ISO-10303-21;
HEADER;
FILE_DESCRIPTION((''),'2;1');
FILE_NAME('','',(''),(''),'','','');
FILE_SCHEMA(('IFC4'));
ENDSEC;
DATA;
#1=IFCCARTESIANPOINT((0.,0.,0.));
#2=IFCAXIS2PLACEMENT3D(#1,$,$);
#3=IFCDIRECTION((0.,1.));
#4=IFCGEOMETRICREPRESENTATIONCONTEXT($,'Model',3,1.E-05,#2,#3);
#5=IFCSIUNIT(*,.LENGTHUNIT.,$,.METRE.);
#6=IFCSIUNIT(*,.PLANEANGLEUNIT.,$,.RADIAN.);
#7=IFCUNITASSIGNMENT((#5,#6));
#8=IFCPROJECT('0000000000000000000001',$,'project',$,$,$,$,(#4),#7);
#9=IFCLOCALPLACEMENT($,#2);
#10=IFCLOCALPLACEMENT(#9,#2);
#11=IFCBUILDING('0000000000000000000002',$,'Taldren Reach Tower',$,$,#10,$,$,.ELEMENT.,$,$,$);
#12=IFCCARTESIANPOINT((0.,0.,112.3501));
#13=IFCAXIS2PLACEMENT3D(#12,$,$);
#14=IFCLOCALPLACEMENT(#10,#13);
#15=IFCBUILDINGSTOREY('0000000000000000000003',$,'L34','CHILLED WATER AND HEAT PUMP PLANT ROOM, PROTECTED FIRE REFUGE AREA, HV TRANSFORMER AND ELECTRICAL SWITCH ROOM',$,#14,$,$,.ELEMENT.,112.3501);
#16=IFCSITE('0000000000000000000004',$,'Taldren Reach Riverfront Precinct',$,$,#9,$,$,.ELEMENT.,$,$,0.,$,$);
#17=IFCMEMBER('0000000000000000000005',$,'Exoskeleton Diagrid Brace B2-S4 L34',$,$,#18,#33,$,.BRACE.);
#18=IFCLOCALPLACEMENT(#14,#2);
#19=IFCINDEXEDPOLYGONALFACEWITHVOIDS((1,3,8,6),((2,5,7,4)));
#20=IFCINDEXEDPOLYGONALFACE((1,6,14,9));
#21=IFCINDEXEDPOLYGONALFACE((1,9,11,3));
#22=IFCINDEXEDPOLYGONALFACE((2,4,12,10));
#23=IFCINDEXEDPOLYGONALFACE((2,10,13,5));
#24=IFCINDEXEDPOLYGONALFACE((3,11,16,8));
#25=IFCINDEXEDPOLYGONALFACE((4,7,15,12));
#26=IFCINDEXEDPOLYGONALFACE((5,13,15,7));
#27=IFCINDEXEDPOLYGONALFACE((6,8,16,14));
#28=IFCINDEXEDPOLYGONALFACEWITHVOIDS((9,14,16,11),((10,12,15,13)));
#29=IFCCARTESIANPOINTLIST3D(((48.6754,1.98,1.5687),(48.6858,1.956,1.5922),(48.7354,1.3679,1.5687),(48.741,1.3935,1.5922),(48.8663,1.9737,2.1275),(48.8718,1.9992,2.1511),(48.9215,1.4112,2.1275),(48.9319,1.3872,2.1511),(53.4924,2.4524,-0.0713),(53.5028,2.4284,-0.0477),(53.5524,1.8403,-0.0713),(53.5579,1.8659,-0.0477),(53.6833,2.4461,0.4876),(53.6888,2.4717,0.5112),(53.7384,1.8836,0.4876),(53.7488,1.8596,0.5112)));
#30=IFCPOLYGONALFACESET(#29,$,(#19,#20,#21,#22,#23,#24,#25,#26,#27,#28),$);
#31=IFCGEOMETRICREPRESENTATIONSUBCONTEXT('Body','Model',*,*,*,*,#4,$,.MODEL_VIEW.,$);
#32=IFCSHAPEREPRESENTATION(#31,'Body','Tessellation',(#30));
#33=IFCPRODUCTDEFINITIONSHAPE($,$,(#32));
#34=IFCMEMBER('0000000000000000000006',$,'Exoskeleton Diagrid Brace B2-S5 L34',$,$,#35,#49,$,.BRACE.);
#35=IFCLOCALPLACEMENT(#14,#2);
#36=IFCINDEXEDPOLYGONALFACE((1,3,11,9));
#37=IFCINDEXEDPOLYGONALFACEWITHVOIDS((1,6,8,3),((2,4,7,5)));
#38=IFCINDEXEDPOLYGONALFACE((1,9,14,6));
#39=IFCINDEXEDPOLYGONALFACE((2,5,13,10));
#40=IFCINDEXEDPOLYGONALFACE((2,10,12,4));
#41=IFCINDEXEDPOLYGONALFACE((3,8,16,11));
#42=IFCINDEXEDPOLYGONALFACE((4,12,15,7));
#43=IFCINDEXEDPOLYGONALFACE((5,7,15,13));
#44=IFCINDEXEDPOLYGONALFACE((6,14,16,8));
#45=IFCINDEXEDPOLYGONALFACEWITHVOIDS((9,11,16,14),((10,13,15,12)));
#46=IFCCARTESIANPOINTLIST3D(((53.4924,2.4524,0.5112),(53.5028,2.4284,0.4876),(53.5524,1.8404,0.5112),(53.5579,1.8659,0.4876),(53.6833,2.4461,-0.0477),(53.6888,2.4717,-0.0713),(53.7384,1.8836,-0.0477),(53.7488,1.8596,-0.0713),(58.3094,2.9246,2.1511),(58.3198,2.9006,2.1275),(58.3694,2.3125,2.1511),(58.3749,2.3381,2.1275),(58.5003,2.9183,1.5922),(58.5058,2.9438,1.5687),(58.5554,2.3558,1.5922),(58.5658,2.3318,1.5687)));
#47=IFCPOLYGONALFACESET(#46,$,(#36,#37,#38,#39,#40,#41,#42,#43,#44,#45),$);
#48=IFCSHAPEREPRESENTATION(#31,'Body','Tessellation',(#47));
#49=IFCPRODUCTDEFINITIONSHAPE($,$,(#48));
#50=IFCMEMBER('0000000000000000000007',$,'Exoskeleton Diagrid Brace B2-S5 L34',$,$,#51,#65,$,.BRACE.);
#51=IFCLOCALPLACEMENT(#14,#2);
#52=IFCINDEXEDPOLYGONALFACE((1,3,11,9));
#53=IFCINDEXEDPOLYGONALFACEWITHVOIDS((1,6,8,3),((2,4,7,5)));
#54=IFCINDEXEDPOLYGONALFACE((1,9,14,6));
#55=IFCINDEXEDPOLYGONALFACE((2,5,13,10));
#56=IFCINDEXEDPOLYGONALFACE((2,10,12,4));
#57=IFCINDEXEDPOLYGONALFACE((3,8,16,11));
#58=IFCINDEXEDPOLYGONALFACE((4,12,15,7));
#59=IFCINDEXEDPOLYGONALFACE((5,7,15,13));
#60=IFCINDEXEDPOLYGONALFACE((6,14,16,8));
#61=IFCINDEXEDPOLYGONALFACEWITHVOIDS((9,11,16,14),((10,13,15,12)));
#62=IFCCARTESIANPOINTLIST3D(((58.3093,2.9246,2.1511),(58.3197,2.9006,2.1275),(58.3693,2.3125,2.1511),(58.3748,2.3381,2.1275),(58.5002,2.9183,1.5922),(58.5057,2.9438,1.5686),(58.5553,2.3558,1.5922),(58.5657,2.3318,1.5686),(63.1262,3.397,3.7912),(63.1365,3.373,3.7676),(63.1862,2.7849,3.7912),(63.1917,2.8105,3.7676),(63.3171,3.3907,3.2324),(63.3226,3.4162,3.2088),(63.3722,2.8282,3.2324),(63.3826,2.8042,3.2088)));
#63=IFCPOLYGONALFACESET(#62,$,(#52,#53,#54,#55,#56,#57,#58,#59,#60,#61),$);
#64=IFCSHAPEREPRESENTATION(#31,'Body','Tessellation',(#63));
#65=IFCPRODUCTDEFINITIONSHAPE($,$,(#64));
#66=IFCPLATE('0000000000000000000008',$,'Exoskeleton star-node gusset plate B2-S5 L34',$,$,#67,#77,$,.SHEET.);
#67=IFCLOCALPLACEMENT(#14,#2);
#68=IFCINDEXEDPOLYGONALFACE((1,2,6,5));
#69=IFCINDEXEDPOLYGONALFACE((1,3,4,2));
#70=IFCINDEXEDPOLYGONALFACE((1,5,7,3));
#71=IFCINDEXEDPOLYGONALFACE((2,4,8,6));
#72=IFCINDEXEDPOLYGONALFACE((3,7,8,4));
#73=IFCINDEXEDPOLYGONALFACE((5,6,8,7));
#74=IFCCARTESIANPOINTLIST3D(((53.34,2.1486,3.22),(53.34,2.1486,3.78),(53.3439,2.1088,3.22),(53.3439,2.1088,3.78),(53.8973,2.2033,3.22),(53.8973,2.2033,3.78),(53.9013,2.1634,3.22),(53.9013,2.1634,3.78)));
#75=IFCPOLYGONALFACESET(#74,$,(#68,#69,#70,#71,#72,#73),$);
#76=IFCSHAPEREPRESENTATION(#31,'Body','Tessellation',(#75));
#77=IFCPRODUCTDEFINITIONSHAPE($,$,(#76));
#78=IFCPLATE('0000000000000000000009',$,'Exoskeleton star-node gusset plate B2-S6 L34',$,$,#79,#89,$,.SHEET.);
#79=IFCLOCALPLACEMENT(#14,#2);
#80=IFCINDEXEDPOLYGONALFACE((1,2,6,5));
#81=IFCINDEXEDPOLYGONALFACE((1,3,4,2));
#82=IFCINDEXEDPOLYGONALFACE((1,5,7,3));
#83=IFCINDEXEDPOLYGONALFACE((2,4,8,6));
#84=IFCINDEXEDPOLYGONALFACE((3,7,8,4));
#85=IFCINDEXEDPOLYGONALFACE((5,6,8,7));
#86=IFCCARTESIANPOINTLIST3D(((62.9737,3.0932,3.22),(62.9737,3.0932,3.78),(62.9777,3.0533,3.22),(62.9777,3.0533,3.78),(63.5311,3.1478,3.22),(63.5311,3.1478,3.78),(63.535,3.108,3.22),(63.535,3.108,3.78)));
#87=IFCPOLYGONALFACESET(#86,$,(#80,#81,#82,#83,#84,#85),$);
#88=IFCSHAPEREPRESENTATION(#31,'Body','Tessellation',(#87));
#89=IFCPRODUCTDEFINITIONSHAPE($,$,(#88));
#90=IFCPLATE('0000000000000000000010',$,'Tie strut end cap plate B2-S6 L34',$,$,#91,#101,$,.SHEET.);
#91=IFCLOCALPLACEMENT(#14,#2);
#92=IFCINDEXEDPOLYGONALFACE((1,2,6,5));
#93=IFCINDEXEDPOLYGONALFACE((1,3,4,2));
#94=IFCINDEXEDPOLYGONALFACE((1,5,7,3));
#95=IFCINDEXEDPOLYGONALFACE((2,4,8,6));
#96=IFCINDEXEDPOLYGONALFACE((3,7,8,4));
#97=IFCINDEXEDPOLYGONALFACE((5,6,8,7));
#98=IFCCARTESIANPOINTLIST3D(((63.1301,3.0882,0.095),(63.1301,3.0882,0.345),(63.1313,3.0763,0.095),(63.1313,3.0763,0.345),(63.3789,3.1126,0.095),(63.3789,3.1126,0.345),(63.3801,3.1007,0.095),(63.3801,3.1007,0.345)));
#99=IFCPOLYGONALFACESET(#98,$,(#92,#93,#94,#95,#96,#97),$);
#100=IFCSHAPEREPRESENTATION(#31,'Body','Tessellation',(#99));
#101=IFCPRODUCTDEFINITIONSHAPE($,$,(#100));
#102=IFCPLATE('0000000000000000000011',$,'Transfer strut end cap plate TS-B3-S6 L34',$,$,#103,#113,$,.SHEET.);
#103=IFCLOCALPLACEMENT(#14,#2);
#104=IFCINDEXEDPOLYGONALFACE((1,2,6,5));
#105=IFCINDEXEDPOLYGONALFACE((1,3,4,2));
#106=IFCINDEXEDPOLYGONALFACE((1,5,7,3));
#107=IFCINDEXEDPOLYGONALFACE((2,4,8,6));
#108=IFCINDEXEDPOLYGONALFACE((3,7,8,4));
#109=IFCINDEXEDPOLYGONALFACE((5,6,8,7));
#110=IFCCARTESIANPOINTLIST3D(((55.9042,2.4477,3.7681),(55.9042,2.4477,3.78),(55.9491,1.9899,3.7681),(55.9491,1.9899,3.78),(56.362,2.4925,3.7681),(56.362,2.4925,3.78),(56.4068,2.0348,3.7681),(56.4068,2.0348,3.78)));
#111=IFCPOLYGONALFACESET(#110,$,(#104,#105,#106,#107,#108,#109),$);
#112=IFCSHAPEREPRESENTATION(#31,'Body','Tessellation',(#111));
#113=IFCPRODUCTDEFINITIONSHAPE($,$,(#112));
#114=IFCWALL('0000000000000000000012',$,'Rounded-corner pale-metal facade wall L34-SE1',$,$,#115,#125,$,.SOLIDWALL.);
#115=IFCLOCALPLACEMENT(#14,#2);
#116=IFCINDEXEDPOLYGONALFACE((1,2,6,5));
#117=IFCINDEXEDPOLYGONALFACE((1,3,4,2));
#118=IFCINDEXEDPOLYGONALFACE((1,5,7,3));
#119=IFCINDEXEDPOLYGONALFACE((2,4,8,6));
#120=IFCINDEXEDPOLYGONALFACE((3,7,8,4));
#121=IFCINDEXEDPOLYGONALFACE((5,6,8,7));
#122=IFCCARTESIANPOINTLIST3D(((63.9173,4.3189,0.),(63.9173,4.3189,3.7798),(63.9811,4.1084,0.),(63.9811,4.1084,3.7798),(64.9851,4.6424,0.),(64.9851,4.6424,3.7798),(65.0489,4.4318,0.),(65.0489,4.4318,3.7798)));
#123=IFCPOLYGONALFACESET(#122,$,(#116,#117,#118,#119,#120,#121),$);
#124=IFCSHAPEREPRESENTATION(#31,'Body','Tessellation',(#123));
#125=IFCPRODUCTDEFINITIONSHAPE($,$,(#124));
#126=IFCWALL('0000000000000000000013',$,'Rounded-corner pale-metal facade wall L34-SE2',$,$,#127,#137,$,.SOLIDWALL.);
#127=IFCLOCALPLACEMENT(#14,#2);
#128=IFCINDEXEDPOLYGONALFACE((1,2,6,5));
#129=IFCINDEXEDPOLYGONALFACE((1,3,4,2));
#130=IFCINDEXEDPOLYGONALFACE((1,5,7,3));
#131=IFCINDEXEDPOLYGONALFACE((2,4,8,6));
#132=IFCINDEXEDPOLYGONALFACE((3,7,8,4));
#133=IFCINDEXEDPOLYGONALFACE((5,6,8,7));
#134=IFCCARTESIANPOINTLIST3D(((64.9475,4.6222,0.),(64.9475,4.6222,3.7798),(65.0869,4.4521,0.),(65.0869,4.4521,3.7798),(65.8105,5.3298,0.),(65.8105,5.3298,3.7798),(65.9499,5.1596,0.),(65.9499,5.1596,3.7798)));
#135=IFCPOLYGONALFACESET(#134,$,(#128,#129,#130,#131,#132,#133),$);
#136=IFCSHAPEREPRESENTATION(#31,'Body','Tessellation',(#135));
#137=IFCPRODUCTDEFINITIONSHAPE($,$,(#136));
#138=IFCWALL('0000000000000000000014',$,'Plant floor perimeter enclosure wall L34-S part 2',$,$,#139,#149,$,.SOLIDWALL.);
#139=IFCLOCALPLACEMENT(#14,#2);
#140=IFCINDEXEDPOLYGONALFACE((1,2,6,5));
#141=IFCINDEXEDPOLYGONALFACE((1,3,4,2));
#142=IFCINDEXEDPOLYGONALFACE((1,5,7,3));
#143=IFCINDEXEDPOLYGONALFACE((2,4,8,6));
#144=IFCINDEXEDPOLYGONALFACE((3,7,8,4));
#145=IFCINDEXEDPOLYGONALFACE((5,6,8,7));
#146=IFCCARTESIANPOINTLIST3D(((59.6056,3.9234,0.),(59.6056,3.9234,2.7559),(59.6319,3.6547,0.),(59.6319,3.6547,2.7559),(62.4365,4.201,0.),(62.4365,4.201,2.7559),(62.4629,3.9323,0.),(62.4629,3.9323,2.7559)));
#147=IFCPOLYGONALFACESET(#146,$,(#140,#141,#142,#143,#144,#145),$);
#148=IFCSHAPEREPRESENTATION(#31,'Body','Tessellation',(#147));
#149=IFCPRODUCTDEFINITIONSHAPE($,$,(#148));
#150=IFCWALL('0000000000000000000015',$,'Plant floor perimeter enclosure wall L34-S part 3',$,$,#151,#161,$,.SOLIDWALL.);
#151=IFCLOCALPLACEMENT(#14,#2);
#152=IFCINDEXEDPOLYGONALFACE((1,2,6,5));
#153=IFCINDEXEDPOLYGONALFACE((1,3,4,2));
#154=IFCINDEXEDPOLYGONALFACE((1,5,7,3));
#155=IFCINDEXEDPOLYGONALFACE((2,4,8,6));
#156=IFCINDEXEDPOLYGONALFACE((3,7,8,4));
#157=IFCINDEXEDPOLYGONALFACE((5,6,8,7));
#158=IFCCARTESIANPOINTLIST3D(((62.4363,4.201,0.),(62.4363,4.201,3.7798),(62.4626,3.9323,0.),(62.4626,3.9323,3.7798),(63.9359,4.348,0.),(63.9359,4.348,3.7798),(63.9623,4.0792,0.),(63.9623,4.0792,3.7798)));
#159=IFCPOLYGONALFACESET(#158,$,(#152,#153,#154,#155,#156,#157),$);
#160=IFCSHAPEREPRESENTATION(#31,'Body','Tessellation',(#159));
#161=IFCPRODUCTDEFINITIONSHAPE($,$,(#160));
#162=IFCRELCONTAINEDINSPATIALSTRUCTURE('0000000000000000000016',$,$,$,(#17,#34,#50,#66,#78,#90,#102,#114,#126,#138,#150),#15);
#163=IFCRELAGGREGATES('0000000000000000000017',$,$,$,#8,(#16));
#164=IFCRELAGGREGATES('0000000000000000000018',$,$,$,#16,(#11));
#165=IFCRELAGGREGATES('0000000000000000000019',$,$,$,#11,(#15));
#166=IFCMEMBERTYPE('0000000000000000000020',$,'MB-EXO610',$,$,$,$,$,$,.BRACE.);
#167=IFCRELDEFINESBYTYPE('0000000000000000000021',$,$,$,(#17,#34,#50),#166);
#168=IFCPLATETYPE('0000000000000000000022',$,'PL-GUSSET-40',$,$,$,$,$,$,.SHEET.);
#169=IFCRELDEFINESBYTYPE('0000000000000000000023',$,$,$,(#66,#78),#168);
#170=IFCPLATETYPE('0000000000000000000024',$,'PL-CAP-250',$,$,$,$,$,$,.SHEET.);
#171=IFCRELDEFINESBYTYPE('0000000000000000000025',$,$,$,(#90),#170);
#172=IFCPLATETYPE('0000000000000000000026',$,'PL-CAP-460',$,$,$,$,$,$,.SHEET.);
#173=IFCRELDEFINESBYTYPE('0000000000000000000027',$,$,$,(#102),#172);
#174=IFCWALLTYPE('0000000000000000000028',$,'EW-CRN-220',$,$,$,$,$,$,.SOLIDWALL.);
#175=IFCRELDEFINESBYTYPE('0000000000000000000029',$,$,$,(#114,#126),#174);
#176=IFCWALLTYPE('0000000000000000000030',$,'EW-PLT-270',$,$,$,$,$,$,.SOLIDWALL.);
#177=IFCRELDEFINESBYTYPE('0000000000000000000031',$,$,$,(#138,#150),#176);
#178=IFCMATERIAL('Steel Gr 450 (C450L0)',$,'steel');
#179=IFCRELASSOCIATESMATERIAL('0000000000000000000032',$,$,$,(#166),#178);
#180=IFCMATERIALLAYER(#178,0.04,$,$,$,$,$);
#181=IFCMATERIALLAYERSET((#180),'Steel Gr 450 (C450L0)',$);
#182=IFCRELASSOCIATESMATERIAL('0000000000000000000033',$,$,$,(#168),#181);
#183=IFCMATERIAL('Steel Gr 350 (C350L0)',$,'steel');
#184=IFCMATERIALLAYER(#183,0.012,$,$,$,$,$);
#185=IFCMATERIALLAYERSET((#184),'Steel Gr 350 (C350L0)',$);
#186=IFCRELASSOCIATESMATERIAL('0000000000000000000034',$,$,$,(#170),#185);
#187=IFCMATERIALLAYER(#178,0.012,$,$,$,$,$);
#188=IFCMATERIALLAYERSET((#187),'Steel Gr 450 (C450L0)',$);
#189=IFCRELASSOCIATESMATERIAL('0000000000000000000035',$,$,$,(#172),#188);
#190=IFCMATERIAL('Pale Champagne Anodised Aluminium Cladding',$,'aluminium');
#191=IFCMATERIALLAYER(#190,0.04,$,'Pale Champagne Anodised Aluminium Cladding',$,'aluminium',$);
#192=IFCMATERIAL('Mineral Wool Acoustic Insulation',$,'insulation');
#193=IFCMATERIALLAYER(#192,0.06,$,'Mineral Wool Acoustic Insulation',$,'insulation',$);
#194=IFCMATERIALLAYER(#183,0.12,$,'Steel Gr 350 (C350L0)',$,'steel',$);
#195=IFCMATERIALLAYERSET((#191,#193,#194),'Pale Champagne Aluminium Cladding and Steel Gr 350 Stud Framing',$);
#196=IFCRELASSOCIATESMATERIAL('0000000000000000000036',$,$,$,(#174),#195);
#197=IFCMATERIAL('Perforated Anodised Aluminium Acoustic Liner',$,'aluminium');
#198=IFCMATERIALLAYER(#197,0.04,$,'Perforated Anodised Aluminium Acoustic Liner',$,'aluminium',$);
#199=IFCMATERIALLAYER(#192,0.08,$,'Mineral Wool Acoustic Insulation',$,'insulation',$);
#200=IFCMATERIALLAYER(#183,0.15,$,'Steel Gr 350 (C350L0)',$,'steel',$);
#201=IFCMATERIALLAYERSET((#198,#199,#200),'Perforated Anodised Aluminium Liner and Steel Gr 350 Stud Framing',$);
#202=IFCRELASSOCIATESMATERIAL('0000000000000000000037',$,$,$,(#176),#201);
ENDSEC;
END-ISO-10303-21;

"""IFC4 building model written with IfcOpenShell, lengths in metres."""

from ifc_helpers import new_model, si_unit, direction, frame, frame_2d, origin, origin_2d, place, context, subcontext, project, spatial, rectangle, hollow_rectangle, extrude, source, transform, mapped, material, layer, layer_set, material_profile, profile_set, type_object, element, save


model = new_model("IFC4")

# Units and contexts
model_context = context("Model", 3, precision=1e-05, world=origin(), true_north=direction((0.0, 1.0)))
body_context = subcontext(model_context, "Body", "Model", "MODEL_VIEW")
ifc_project = project(units=[si_unit("LENGTHUNIT", "METRE"), si_unit("PLANEANGLEUNIT", "RADIAN")], contexts=[model_context])

# Site, building, storey
site_placement = place(None, origin())
site = spatial("IfcSite", under=ifc_project, at=site_placement, Name="Taldren Reach Riverfront Precinct", CompositionType="ELEMENT", RefElevation=0.0)
building_placement = place(site_placement, origin())
building = spatial("IfcBuilding", under=site, at=building_placement, Name="Taldren Reach Tower", CompositionType="ELEMENT")
storey_placement = place(building_placement, frame((0.0, 0.0, 112.3501)))
storey = spatial("IfcBuildingStorey", under=building, at=storey_placement, Name="L34", Description="CHILLED WATER AND HEAT PUMP PLANT ROOM, PROTECTED FIRE REFUGE AREA, HV TRANSFORMER AND ELECTRICAL SWITCH ROOM", CompositionType="ELEMENT", Elevation=112.3501)

# Shared definitions
ifc_material_1 = material(Name="Steel Gr 450 (C450L0)", Category="steel")
ifc_material_2 = material(Name="Steel Gr 350 (C350L0)", Category="steel")

# Members
ifc_material_profile_1 = material_profile(ifc_material_1, hollow_rectangle(XDim=0.615, YDim=0.615, WallThickness=0.0249, at=origin_2d()), Name="615x615x25.0SHS")
ifc_profile_set_1 = profile_set([ifc_material_profile_1], Name="Steel Gr 450 (C450L0)")
member_type_1 = type_object("IfcMemberType", Name="MB-EXO610", PredefinedType="BRACE", material=ifc_profile_set_1)
shared_shape_1 = source(origin(), body_context, "Body", "SweptSolid", [
    extrude(hollow_rectangle(XDim=0.615, YDim=0.615, WallThickness=0.0249, at=origin_2d()), origin(), (0.0, 0.0, 1.0), 5.1104),
])
for number, where, z_axis, x_axis, name in (
    (1, (53.6206, 2.156, 0.22), (-0.94259, -0.092444, 0.320901), (0.097606, -0.995225, 0.0), "Exoskeleton Diagrid Brace B2-S4 L34"),
    (2, (53.6206, 2.156, 0.22), (0.942595, 0.092396, 0.320903), (-0.097556, 0.99523, 0.0), "Exoskeleton Diagrid Brace B2-S5 L34"),
    (3, (58.4375, 2.6282, 1.8599), (0.942576, 0.092442, 0.320944), (-0.097606, 0.995225, 0.0), "Exoskeleton Diagrid Brace B2-S5 L34"),
):
    element("IfcMember", number, at=place(storey_placement, frame(where, z_axis=z_axis, x_axis=x_axis)), inside=storey, type_object=member_type_1, Name=name, PredefinedType="BRACE", context=body_context, shape_type="MappedRepresentation", body=[
        mapped(shared_shape_1, transform((0.0, 0.0, 0.0), scale=1.0)),
    ])

# Plates
ifc_layer_1 = layer(ifc_material_1, 0.04)
ifc_layer_set_1 = layer_set([ifc_layer_1], Name="Steel Gr 450 (C450L0)")
plate_type_1 = type_object("IfcPlateType", Name="PL-GUSSET-40", PredefinedType="SHEET", material=ifc_layer_set_1)
shared_shape_2 = source(origin(), body_context, "Body", "SweptSolid", [
    extrude(rectangle(XDim=0.5601, YDim=0.04, at=origin_2d()), origin(), (0.0, 0.0, 1.0), 0.5601),
])
for number, where, z_axis, x_axis, name in (
    (4, (53.6206, 2.156, 3.22), (0.0, 0.0, 1.0), (0.995227, 0.097583, 0.0), "Exoskeleton star-node gusset plate B2-S5 L34"),
    (5, (63.2544, 3.1006, 3.22), (0.0, 0.0, 1.0), (0.995227, 0.097583, 0.0), "Exoskeleton star-node gusset plate B2-S6 L34"),
):
    element("IfcPlate", number, at=place(storey_placement, frame(where, z_axis=z_axis, x_axis=x_axis)), inside=storey, type_object=plate_type_1, Name=name, PredefinedType="SHEET", context=body_context, shape_type="MappedRepresentation", body=[
        mapped(shared_shape_2, transform((0.0, 0.0, 0.0), scale=1.0)),
    ])
ifc_layer_2 = layer(ifc_material_2, 0.012)
ifc_layer_set_2 = layer_set([ifc_layer_2], Name="Steel Gr 350 (C350L0)")
plate_type_2 = type_object("IfcPlateType", Name="PL-CAP-250", PredefinedType="SHEET", material=ifc_layer_set_2)
shared_shape_3 = source(origin(), body_context, "Body", "SweptSolid", [
    extrude(rectangle(XDim=0.25, YDim=0.012, at=origin_2d()), origin(), (0.0, 0.0, 1.0), 0.25),
])
plate_1_placement = place(storey_placement, frame((63.2551, 3.0945, 0.095), z_axis=(0.0, 0.0, 1.0), x_axis=(0.995227, 0.097583, 0.0)))
element("IfcPlate", 6, at=plate_1_placement, inside=storey, type_object=plate_type_2, Name="Tie strut end cap plate B2-S6 L34", PredefinedType="SHEET", context=body_context, shape_type="MappedRepresentation", body=[
    mapped(shared_shape_3, transform((0.0, 0.0, 0.0), scale=1.0)),
])
ifc_layer_3 = layer(ifc_material_1, 0.012)
ifc_layer_set_3 = layer_set([ifc_layer_3], Name="Steel Gr 450 (C450L0)")
plate_type_3 = type_object("IfcPlateType", Name="PL-CAP-460", PredefinedType="SHEET", material=ifc_layer_set_3)
shared_shape_4 = source(origin(), body_context, "Body", "SweptSolid", [
    extrude(rectangle(XDim=0.46, YDim=0.46, at=origin_2d()), origin(), (0.0, 0.0, 1.0), 0.012),
])
plate_2_placement = place(storey_placement, frame((56.1555, 2.2412, 3.7681), z_axis=(0.0, 0.0, 1.0), x_axis=(0.995227, 0.097583, 0.0)))
element("IfcPlate", 7, at=plate_2_placement, inside=storey, type_object=plate_type_3, Name="Transfer strut end cap plate TS-B3-S6 L34", PredefinedType="SHEET", context=body_context, shape_type="MappedRepresentation", body=[
    mapped(shared_shape_4, transform((0.0, 0.0, 0.0), scale=1.0)),
])

# Walls
ifc_material_3 = material(Name="Pale Champagne Anodised Aluminium Cladding", Category="aluminium")
ifc_layer_4 = layer(ifc_material_3, 0.04, Name="Pale Champagne Anodised Aluminium Cladding", Category="aluminium")
ifc_material_4 = material(Name="Mineral Wool Acoustic Insulation", Category="insulation")
ifc_layer_5 = layer(ifc_material_4, 0.06, Name="Mineral Wool Acoustic Insulation", Category="insulation")
ifc_layer_6 = layer(ifc_material_2, 0.12, Name="Steel Gr 350 (C350L0)", Category="steel")
ifc_layer_set_4 = layer_set([ifc_layer_4, ifc_layer_5, ifc_layer_6], Name="Pale Champagne Aluminium Cladding and Steel Gr 350 Stud Framing")
wall_type_1 = type_object("IfcWallType", Name="EW-CRN-220", PredefinedType="SOLIDWALL", material=ifc_layer_set_4)
shared_shape_5 = source(origin(), body_context, "Body", "SweptSolid", [
    extrude(rectangle(XDim=1.1157, YDim=0.22, at=frame_2d((0.5579, 0.0))), origin(), (0.0, 0.0, 1.0), 3.7798),
])
wall_1_placement = place(storey_placement, frame((63.9492, 4.2136, 0.0), z_axis=(0.0, 0.0, 1.0), x_axis=(0.957052, 0.289916, 0.0)))
element("IfcWall", 8, at=wall_1_placement, inside=storey, type_object=wall_type_1, Name="Rounded-corner pale-metal facade wall L34-SE1", PredefinedType="SOLIDWALL", context=body_context, shape_type="MappedRepresentation", body=[
    mapped(shared_shape_5, transform((0.0, 0.0, 0.0), scale=1.0)),
])
shared_shape_6 = source(origin(), body_context, "Body", "SweptSolid", [
    extrude(rectangle(XDim=1.116, YDim=0.22, at=frame_2d((0.5581, 0.0))), origin(), (0.0, 0.0, 1.0), 3.7798),
])
wall_2_placement = place(storey_placement, frame((65.0171, 4.5371, 0.0), z_axis=(0.0, 0.0, 1.0), x_axis=(0.773343, 0.633988, 0.0)))
element("IfcWall", 9, at=wall_2_placement, inside=storey, type_object=wall_type_1, Name="Rounded-corner pale-metal facade wall L34-SE2", PredefinedType="SOLIDWALL", context=body_context, shape_type="MappedRepresentation", body=[
    mapped(shared_shape_6, transform((0.0, 0.0, 0.0), scale=1.0)),
])
ifc_material_5 = material(Name="Perforated Anodised Aluminium Acoustic Liner", Category="aluminium")
ifc_layer_7 = layer(ifc_material_5, 0.04, Name="Perforated Anodised Aluminium Acoustic Liner", Category="aluminium")
ifc_layer_8 = layer(ifc_material_4, 0.08, Name="Mineral Wool Acoustic Insulation", Category="insulation")
ifc_layer_9 = layer(ifc_material_2, 0.15, Name="Steel Gr 350 (C350L0)", Category="steel")
ifc_layer_set_5 = layer_set([ifc_layer_7, ifc_layer_8, ifc_layer_9], Name="Perforated Anodised Aluminium Liner and Steel Gr 350 Stud Framing")
wall_type_2 = type_object("IfcWallType", Name="EW-PLT-270", PredefinedType="SOLIDWALL", material=ifc_layer_set_5)
shared_shape_7 = source(origin(), body_context, "Body", "SweptSolid", [
    extrude(rectangle(XDim=2.8445, YDim=0.27, at=frame_2d((1.4224, 0.0))), origin(), (0.0, 0.0, 1.0), 2.7559),
])
wall_3_placement = place(storey_placement, frame((59.6187, 3.7891, 0.0), z_axis=(0.0, 0.0, 1.0), x_axis=(0.995227, 0.097591, 0.0)))
element("IfcWall", 10, at=wall_3_placement, inside=storey, type_object=wall_type_2, Name="Plant floor perimeter enclosure wall L34-S part 2", PredefinedType="SOLIDWALL", context=body_context, shape_type="MappedRepresentation", body=[
    mapped(shared_shape_7, transform((0.0, 0.0, 0.0), scale=1.0)),
])
shared_shape_8 = source(origin(), body_context, "Body", "SweptSolid", [
    extrude(rectangle(XDim=1.5068, YDim=0.27, at=frame_2d((0.7534, 0.0))), origin(), (0.0, 0.0, 1.0), 3.7798),
])
wall_4_placement = place(storey_placement, frame((62.4495, 4.0667, 0.0), z_axis=(0.0, 0.0, 1.0), x_axis=(0.995233, 0.097531, 0.0)))
element("IfcWall", 11, at=wall_4_placement, inside=storey, type_object=wall_type_2, Name="Plant floor perimeter enclosure wall L34-S part 3", PredefinedType="SOLIDWALL", context=body_context, shape_type="MappedRepresentation", body=[
    mapped(shared_shape_8, transform((0.0, 0.0, 0.0), scale=1.0)),
])

save(model, "model.ifc")
